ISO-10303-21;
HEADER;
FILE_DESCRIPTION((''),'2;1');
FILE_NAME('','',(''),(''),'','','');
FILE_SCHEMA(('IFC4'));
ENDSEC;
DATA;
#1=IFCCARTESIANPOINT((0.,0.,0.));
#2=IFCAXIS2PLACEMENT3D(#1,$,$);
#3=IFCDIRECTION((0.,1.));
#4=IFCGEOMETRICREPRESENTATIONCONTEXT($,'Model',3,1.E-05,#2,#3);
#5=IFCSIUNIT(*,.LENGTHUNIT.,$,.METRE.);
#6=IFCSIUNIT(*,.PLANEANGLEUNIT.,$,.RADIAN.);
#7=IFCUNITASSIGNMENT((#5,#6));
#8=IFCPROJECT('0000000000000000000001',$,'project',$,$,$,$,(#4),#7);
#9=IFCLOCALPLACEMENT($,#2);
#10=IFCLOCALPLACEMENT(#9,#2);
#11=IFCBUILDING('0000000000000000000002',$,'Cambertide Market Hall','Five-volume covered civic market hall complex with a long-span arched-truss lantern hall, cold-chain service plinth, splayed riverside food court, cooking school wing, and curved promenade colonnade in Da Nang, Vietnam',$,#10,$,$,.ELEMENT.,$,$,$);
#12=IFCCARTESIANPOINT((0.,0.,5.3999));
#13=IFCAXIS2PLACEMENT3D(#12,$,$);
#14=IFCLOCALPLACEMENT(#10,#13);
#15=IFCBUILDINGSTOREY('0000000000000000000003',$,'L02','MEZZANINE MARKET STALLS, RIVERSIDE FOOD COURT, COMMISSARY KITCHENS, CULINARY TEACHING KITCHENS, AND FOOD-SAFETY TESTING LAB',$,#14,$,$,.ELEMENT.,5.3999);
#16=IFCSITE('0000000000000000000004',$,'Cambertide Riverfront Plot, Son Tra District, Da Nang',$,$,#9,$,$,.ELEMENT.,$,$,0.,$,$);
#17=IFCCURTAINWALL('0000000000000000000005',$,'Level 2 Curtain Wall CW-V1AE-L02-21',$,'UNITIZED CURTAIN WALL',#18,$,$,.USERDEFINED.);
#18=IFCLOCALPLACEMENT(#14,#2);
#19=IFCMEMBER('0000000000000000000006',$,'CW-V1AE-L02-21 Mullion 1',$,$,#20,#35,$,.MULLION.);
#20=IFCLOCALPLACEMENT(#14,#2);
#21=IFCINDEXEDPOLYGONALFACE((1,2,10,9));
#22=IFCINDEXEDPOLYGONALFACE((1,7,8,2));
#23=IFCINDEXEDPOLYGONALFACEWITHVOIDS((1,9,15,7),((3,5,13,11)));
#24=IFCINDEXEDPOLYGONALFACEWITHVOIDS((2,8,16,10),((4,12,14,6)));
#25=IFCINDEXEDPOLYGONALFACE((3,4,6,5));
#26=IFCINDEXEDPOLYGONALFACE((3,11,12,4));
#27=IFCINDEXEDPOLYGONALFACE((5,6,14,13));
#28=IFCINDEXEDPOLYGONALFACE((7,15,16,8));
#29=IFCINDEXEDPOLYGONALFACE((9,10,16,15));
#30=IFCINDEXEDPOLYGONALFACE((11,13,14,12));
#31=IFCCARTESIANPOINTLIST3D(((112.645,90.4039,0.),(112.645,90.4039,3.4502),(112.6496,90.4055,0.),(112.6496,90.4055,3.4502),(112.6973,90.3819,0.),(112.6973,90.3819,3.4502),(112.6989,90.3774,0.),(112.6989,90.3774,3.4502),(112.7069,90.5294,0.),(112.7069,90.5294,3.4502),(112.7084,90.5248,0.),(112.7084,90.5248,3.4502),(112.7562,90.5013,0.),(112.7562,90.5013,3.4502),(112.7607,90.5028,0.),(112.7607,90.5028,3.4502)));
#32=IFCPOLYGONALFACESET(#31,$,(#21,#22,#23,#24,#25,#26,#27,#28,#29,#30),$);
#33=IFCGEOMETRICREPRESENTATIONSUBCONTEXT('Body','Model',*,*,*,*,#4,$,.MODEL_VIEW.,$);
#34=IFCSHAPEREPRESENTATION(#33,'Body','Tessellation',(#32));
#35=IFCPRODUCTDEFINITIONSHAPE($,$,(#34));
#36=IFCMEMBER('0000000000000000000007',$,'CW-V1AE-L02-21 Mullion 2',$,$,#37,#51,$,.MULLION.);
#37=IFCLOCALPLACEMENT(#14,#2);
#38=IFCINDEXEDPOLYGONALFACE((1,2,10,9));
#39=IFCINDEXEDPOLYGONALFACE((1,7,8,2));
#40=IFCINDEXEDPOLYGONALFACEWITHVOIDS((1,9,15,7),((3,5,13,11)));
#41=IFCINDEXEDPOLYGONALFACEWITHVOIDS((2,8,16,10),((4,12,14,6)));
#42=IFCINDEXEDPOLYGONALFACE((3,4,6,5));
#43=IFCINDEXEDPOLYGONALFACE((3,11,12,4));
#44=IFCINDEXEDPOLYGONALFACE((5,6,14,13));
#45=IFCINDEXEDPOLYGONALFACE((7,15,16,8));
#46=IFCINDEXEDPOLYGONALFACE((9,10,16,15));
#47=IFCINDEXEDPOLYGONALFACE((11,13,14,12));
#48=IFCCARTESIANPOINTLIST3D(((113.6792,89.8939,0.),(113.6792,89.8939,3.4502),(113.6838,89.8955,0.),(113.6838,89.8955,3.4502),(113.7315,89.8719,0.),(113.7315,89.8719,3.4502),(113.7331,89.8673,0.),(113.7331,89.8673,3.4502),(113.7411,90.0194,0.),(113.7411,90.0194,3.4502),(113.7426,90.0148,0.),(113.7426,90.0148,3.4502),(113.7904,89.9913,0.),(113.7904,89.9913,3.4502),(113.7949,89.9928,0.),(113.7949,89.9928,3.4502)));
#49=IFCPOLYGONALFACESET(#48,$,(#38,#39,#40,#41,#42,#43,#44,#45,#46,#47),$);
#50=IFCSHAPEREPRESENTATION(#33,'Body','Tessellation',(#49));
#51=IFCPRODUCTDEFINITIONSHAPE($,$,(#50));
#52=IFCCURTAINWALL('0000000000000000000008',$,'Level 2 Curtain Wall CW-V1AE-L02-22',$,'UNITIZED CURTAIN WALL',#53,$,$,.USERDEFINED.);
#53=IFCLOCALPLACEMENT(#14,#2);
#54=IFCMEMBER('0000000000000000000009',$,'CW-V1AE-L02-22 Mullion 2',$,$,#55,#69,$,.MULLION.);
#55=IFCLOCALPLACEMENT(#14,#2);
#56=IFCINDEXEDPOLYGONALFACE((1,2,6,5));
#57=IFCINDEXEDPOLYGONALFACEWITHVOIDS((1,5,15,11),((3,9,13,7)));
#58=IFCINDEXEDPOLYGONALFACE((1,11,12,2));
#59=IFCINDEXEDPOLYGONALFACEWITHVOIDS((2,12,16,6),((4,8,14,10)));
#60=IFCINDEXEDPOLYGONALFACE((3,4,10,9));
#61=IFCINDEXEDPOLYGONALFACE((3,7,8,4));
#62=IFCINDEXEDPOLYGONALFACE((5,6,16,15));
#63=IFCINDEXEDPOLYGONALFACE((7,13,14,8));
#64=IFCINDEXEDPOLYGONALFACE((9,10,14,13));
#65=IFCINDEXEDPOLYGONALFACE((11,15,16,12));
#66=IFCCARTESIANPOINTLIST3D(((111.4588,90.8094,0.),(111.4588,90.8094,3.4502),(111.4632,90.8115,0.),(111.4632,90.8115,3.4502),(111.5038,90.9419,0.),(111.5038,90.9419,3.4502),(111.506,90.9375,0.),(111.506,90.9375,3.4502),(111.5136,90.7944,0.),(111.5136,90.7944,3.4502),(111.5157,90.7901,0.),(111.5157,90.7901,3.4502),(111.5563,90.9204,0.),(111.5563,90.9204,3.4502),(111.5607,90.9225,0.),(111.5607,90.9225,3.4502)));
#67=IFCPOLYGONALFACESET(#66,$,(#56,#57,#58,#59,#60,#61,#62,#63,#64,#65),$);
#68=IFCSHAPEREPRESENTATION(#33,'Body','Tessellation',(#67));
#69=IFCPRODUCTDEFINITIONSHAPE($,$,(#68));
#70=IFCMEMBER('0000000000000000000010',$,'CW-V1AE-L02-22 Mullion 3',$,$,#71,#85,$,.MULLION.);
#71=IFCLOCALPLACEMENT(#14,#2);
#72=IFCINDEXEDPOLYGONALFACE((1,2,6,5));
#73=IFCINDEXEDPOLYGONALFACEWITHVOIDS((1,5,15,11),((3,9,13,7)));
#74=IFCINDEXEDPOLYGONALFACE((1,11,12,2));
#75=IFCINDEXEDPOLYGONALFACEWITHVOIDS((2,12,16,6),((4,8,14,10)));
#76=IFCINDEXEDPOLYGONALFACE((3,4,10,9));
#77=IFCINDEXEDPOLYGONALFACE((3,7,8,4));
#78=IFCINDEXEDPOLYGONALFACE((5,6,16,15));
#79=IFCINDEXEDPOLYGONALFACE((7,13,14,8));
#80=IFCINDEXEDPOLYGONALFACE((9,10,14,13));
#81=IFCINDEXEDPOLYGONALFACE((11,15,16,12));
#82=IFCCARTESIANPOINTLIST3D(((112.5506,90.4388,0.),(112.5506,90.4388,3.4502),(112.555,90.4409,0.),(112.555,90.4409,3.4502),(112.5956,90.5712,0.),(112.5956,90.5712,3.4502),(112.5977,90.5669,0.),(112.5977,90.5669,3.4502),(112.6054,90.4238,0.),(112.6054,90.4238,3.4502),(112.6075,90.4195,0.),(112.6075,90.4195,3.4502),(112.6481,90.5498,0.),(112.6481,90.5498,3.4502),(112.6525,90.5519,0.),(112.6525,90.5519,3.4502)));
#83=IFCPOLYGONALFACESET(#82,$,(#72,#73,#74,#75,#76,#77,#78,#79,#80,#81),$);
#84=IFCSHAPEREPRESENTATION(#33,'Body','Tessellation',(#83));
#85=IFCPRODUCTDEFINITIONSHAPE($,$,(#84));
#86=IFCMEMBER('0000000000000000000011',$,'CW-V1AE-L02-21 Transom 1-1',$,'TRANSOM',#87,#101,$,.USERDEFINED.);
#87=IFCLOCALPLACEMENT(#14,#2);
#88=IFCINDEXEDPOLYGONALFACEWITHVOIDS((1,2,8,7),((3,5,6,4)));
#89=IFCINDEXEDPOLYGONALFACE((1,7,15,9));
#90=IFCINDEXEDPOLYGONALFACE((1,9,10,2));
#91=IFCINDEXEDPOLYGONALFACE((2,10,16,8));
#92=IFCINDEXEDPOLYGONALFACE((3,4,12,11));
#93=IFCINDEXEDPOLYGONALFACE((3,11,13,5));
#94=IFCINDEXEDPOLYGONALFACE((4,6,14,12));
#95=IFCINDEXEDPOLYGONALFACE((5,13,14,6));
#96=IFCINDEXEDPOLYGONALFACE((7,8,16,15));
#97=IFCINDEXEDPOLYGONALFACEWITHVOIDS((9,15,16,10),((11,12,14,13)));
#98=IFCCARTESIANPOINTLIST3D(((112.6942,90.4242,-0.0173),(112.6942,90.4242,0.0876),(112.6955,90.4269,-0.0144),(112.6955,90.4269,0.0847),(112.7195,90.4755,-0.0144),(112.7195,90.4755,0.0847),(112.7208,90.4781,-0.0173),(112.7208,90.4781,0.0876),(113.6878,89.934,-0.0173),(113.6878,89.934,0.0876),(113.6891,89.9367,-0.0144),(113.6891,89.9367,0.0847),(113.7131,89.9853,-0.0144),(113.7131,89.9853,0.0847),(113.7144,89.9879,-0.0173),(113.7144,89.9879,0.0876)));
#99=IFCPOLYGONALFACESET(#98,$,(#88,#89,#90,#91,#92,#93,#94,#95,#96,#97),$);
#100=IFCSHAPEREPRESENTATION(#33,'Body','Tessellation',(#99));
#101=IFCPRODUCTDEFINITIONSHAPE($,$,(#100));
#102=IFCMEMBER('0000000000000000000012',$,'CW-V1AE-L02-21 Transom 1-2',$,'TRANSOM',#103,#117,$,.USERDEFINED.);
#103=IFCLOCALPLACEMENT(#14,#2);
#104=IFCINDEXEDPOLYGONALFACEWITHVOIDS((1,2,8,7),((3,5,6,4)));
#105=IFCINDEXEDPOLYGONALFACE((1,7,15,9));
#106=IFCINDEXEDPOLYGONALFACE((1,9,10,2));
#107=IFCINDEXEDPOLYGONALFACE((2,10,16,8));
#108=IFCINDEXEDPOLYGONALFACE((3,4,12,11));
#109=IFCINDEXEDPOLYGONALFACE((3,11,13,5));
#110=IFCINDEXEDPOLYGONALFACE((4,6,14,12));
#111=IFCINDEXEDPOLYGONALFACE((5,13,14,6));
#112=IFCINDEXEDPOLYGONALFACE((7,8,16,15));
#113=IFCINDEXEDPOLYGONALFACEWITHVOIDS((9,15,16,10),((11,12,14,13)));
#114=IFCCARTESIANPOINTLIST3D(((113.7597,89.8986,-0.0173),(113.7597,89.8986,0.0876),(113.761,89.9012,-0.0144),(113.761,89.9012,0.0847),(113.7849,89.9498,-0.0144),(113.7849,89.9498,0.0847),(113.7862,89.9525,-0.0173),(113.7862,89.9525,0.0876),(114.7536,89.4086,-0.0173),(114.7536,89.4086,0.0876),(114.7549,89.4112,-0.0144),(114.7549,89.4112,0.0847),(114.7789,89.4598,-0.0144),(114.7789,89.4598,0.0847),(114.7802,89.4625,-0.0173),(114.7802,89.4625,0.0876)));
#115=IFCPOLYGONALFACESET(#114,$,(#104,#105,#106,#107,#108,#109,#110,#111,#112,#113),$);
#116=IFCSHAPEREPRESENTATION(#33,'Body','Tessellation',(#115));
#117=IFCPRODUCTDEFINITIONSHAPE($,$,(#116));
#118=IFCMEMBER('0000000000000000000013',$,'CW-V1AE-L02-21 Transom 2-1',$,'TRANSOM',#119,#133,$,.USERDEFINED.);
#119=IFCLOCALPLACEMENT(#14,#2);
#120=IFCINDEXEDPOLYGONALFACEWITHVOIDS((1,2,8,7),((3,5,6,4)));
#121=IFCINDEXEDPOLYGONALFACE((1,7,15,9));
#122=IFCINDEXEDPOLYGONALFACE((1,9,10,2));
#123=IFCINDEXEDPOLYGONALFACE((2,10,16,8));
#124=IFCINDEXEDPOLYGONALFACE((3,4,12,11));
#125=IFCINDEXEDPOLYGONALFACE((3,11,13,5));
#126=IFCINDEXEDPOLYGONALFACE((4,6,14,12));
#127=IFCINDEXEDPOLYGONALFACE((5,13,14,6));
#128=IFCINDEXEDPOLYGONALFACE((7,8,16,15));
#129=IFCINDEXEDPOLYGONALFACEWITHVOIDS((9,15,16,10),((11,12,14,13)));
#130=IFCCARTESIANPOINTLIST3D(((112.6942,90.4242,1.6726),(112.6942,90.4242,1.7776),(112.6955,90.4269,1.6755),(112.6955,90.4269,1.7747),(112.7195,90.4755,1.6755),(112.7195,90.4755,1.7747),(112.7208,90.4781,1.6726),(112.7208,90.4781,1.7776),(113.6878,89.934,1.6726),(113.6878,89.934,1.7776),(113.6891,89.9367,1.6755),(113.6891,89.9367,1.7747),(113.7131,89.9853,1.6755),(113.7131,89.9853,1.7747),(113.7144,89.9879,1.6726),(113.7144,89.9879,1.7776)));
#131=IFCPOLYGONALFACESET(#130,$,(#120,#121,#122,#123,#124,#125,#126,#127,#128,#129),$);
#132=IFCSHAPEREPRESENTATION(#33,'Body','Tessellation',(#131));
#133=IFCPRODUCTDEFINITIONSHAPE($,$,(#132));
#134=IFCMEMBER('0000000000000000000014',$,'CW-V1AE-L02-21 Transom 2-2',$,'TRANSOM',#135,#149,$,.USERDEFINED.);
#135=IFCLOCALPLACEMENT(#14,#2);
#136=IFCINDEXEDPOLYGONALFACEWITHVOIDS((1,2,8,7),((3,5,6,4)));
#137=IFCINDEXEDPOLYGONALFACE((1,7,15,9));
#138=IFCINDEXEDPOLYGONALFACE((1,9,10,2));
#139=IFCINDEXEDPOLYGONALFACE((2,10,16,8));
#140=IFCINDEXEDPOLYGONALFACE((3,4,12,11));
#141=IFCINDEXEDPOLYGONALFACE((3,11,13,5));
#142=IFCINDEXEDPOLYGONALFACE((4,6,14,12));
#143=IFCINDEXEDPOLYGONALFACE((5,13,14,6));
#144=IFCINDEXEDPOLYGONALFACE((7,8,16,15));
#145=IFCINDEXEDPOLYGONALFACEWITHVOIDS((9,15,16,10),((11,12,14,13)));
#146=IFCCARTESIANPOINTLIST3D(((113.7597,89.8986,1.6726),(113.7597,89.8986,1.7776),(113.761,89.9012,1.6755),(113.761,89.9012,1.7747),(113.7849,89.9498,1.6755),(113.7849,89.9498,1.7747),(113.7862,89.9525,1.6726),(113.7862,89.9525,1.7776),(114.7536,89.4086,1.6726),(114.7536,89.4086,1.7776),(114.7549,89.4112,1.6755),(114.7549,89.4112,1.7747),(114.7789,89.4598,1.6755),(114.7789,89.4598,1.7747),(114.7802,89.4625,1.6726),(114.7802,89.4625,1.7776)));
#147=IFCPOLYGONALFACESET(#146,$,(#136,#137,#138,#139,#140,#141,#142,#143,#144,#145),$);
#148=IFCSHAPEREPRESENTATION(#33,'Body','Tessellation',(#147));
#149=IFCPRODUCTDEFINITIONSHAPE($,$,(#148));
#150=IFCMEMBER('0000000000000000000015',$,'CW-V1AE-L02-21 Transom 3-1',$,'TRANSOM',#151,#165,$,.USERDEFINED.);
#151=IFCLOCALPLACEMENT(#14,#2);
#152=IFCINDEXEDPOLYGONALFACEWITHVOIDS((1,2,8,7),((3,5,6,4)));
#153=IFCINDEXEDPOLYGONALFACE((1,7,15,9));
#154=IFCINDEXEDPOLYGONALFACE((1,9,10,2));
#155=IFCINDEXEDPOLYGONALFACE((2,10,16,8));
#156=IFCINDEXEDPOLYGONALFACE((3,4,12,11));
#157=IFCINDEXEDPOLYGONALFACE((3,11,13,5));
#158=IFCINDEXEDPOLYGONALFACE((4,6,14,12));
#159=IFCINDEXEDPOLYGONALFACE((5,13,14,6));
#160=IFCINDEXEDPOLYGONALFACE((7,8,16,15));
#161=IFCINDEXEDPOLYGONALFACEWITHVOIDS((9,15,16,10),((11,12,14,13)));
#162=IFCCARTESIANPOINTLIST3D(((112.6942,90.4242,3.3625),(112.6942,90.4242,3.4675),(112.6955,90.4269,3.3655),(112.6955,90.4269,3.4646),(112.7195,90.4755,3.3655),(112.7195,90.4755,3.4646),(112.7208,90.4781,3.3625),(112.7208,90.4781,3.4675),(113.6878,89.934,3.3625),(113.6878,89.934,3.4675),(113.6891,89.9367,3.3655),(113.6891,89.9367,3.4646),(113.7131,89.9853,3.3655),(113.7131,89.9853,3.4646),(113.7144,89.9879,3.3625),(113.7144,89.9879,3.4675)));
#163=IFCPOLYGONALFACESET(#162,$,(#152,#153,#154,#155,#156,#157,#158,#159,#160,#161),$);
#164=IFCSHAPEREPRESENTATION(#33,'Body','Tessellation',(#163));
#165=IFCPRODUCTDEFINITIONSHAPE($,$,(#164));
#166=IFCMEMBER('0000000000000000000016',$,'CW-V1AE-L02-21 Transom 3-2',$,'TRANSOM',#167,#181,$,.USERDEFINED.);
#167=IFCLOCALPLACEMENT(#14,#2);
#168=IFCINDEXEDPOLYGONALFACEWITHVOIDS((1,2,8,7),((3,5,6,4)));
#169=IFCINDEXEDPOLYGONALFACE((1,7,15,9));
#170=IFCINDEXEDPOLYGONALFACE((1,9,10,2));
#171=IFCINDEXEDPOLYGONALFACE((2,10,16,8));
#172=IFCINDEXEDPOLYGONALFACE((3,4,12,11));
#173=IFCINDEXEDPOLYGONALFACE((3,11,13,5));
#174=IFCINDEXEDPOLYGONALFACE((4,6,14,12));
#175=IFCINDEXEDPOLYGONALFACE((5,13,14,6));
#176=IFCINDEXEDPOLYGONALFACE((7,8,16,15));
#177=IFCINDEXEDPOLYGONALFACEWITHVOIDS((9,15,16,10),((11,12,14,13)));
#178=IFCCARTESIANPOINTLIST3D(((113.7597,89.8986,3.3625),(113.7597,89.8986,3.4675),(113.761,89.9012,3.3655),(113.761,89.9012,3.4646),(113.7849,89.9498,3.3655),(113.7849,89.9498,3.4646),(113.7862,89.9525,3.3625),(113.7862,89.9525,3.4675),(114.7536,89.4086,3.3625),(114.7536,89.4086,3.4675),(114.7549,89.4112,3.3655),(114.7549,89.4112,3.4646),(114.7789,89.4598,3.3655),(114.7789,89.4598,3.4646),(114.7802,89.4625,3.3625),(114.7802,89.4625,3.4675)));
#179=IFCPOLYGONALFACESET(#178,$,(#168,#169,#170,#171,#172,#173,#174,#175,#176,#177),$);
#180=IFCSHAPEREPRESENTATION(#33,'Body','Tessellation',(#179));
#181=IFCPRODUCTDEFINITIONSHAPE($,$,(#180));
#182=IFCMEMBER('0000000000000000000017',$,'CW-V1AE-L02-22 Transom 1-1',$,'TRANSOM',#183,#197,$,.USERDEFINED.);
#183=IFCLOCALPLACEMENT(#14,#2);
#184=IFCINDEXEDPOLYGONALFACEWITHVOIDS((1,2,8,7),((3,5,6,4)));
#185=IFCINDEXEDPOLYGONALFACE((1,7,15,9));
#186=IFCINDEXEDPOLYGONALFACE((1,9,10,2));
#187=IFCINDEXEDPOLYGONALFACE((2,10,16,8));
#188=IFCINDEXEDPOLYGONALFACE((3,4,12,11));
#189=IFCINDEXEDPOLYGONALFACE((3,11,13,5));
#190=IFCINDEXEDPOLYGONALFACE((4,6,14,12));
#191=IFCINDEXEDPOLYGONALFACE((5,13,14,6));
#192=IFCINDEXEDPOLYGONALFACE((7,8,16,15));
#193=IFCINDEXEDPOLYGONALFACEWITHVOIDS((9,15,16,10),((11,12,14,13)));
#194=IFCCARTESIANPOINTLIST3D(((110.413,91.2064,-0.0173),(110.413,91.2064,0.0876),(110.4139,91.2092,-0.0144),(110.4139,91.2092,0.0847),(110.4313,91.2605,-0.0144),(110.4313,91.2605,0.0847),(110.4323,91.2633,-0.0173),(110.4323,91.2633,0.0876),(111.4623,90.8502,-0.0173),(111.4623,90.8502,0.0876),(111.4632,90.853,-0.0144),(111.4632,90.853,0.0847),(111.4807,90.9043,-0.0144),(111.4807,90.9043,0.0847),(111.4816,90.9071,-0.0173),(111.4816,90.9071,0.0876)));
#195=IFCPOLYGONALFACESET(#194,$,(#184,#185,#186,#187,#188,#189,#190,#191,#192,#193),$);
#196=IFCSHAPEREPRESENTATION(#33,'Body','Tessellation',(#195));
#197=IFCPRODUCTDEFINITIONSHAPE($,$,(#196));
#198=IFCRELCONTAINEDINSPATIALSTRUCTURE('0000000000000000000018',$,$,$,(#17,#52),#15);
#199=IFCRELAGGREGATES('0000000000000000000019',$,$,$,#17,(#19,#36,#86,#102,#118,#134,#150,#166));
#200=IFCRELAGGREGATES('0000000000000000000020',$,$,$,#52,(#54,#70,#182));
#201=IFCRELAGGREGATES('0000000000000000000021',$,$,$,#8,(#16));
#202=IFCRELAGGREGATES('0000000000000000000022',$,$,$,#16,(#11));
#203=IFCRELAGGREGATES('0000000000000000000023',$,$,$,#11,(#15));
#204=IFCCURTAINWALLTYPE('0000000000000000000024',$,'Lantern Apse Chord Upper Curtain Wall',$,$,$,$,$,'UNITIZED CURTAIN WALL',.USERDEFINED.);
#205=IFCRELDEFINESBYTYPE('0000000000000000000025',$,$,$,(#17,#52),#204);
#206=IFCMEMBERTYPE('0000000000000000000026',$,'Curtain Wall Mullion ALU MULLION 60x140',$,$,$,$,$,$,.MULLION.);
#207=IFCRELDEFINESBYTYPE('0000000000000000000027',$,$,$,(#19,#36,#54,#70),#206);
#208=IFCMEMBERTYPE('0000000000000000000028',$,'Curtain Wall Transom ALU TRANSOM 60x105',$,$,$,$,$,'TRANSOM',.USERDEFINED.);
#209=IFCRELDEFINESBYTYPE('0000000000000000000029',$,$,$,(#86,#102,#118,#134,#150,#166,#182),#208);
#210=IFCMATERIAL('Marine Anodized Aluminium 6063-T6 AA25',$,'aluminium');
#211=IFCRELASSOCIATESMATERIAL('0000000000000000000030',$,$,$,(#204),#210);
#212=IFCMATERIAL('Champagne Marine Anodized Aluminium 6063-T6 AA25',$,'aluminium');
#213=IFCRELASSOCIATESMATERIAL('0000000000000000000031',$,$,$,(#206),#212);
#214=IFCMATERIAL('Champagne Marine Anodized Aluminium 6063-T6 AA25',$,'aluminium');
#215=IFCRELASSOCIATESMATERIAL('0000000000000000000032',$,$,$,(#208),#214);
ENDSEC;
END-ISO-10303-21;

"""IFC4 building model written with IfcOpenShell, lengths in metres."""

from ifc_helpers import new_model, si_unit, direction, frame, origin, origin_2d, place, context, subcontext, project, spatial, hollow_rectangle, extrude, material, material_profile, profile_set, type_object, element, aggregate, save


model = new_model("IFC4")

# Units and contexts
model_context = context("Model", 3, precision=1e-05, world=origin(), true_north=direction((0.0, 1.0)))
body_context = subcontext(model_context, "Body", "Model", "MODEL_VIEW")
ifc_project = project(units=[si_unit("LENGTHUNIT", "METRE"), si_unit("PLANEANGLEUNIT", "RADIAN")], contexts=[model_context])

# Site, building, storey
site_placement = place(None, origin())
site = spatial("IfcSite", under=ifc_project, at=site_placement, Name="Cambertide Riverfront Plot, Son Tra District, Da Nang", CompositionType="ELEMENT", RefElevation=0.0)
building_placement = place(site_placement, origin())
building = spatial("IfcBuilding", under=site, at=building_placement, Name="Cambertide Market Hall", Description="Five-volume covered civic market hall complex with a long-span arched-truss lantern hall, cold-chain service plinth, splayed riverside food court, cooking school wing, and curved promenade colonnade in Da Nang, Vietnam", CompositionType="ELEMENT")
storey_placement = place(building_placement, frame((0.0, 0.0, 5.3999)))
storey = spatial("IfcBuildingStorey", under=building, at=storey_placement, Name="L02", Description="MEZZANINE MARKET STALLS, RIVERSIDE FOOD COURT, COMMISSARY KITCHENS, CULINARY TEACHING KITCHENS, AND FOOD-SAFETY TESTING LAB", CompositionType="ELEMENT", Elevation=5.3999)

# Curtain walls, members
ifc_material_1 = material(Name="Marine Anodized Aluminium 6063-T6 AA25", Category="aluminium")
curtain_wall_type = type_object("IfcCurtainWallType", Name="Lantern Apse Chord Upper Curtain Wall", ElementType="UNITIZED CURTAIN WALL", PredefinedType="USERDEFINED", material=ifc_material_1)
curtain_wall_1_placement = place(storey_placement, origin())
curtain_wall_1 = element("IfcCurtainWall", 1, at=curtain_wall_1_placement, inside=storey, type_object=curtain_wall_type, Name="Level 2 Curtain Wall CW-V1AE-L02-21", ObjectType="UNITIZED CURTAIN WALL", PredefinedType="USERDEFINED")
ifc_material_2 = material(Name="Champagne Marine Anodized Aluminium 6063-T6 AA25", Category="aluminium")
ifc_material_profile_1 = material_profile(ifc_material_2, hollow_rectangle(XDim=0.0601, YDim=0.1399, WallThickness=0.0034, at=origin_2d()), Name="ALU MULLION 60x140")
ifc_profile_set_1 = profile_set([ifc_material_profile_1], Name="Champagne Marine Anodized Aluminium 6063-T6 AA25")
member_type_1 = type_object("IfcMemberType", Name="Curtain Wall Mullion ALU MULLION 60x140", PredefinedType="MULLION", material=ifc_profile_set_1)
member_1_placement = place(storey_placement, frame((112.7029, 90.4534, 0.0), z_axis=(0.0, 0.0, 1.0), x_axis=(0.896873, -0.442289, 0.0)))
member_1 = element("IfcMember", 2, at=member_1_placement, type_object=member_type_1, Name="CW-V1AE-L02-21 Mullion 1", PredefinedType="MULLION", context=body_context, shape_type="SweptSolid", body=[
    extrude(hollow_rectangle(XDim=0.0601, YDim=0.1399, WallThickness=0.0034, at=origin_2d()), origin(), (0.0, 0.0, 1.0), 3.4502),
])
member_2_placement = place(storey_placement, frame((113.7371, 89.9434, 0.0), z_axis=(0.0, 0.0, 1.0), x_axis=(0.896873, -0.442289, 0.0)))
member_2 = element("IfcMember", 3, at=member_2_placement, type_object=member_type_1, Name="CW-V1AE-L02-21 Mullion 2", PredefinedType="MULLION", context=body_context, shape_type="SweptSolid", body=[
    extrude(hollow_rectangle(XDim=0.0601, YDim=0.1399, WallThickness=0.0034, at=origin_2d()), origin(), (0.0, 0.0, 1.0), 3.4502),
])
curtain_wall_2_placement = place(storey_placement, origin())
curtain_wall_2 = element("IfcCurtainWall", 4, at=curtain_wall_2_placement, inside=storey, type_object=curtain_wall_type, Name="Level 2 Curtain Wall CW-V1AE-L02-22", ObjectType="UNITIZED CURTAIN WALL", PredefinedType="USERDEFINED")
member_3_placement = place(storey_placement, frame((111.5098, 90.866, 0.0), z_axis=(0.0, 0.0, 1.0), x_axis=(0.94693, -0.321439, 0.0)))
member_3 = element("IfcMember", 5, at=member_3_placement, type_object=member_type_1, Name="CW-V1AE-L02-22 Mullion 2", PredefinedType="MULLION", context=body_context, shape_type="SweptSolid", body=[
    extrude(hollow_rectangle(XDim=0.0601, YDim=0.1399, WallThickness=0.0034, at=origin_2d()), origin(), (0.0, 0.0, 1.0), 3.4502),
])
member_4_placement = place(storey_placement, frame((112.6016, 90.4954, 0.0), z_axis=(0.0, 0.0, 1.0), x_axis=(0.94693, -0.321439, 0.0)))
member_4 = element("IfcMember", 6, at=member_4_placement, type_object=member_type_1, Name="CW-V1AE-L02-22 Mullion 3", PredefinedType="MULLION", context=body_context, shape_type="SweptSolid", body=[
    extrude(hollow_rectangle(XDim=0.0601, YDim=0.1399, WallThickness=0.0034, at=origin_2d()), origin(), (0.0, 0.0, 1.0), 3.4502),
])

# Members
ifc_material_3 = material(Name="Champagne Marine Anodized Aluminium 6063-T6 AA25", Category="aluminium")
ifc_material_profile_2 = material_profile(ifc_material_3, hollow_rectangle(XDim=0.0601, YDim=0.105, WallThickness=0.0029, at=origin_2d()), Name="ALU TRANSOM 60x105")
ifc_profile_set_2 = profile_set([ifc_material_profile_2], Name="Champagne Marine Anodized Aluminium 6063-T6 AA25")
member_type_2 = type_object("IfcMemberType", Name="Curtain Wall Transom ALU TRANSOM 60x105", ElementType="TRANSOM", PredefinedType="USERDEFINED", material=ifc_profile_set_2)
member_5_placement = place(storey_placement, frame((112.7075, 90.4512, 0.0352), z_axis=(0.896794, -0.442448, 0.0), x_axis=(0.442448, 0.896794, 0.0)))
member_5 = element("IfcMember", 7, at=member_5_placement, type_object=member_type_2, Name="CW-V1AE-L02-21 Transom 1-1", ObjectType="TRANSOM", PredefinedType="USERDEFINED", context=body_context, shape_type="SweptSolid", body=[
    extrude(hollow_rectangle(XDim=0.0601, YDim=0.105, WallThickness=0.0029, at=origin_2d()), origin(), (0.0, 0.0, 1.0), 1.1079),
])
member_6_placement = place(storey_placement, frame((113.7729, 89.9255, 0.0352), z_axis=(0.896925, -0.442183, 0.0), x_axis=(0.442183, 0.896925, 0.0)))
member_6 = element("IfcMember", 8, at=member_6_placement, type_object=member_type_2, Name="CW-V1AE-L02-21 Transom 1-2", ObjectType="TRANSOM", PredefinedType="USERDEFINED", context=body_context, shape_type="SweptSolid", body=[
    extrude(hollow_rectangle(XDim=0.0601, YDim=0.105, WallThickness=0.0029, at=origin_2d()), origin(), (0.0, 0.0, 1.0), 1.1082),
])
member_7_placement = place(storey_placement, frame((112.7075, 90.4512, 1.7251), z_axis=(0.896794, -0.442448, 0.0), x_axis=(0.442448, 0.896794, 0.0)))
member_7 = element("IfcMember", 9, at=member_7_placement, type_object=member_type_2, Name="CW-V1AE-L02-21 Transom 2-1", ObjectType="TRANSOM", PredefinedType="USERDEFINED", context=body_context, shape_type="SweptSolid", body=[
    extrude(hollow_rectangle(XDim=0.0601, YDim=0.105, WallThickness=0.0029, at=origin_2d()), origin(), (0.0, 0.0, 1.0), 1.1079),
])
member_8_placement = place(storey_placement, frame((113.7729, 89.9255, 1.7251), z_axis=(0.896925, -0.442183, 0.0), x_axis=(0.442183, 0.896925, 0.0)))
member_8 = element("IfcMember", 10, at=member_8_placement, type_object=member_type_2, Name="CW-V1AE-L02-21 Transom 2-2", ObjectType="TRANSOM", PredefinedType="USERDEFINED", context=body_context, shape_type="SweptSolid", body=[
    extrude(hollow_rectangle(XDim=0.0601, YDim=0.105, WallThickness=0.0029, at=origin_2d()), origin(), (0.0, 0.0, 1.0), 1.1082),
])
member_9_placement = place(storey_placement, frame((112.7075, 90.4512, 3.415), z_axis=(0.896794, -0.442448, 0.0), x_axis=(0.442448, 0.896794, 0.0)))
member_9 = element("IfcMember", 11, at=member_9_placement, type_object=member_type_2, Name="CW-V1AE-L02-21 Transom 3-1", ObjectType="TRANSOM", PredefinedType="USERDEFINED", context=body_context, shape_type="SweptSolid", body=[
    extrude(hollow_rectangle(XDim=0.0601, YDim=0.105, WallThickness=0.0029, at=origin_2d()), origin(), (0.0, 0.0, 1.0), 1.1079),
])
member_10_placement = place(storey_placement, frame((113.7729, 89.9255, 3.415), z_axis=(0.896925, -0.442183, 0.0), x_axis=(0.442183, 0.896925, 0.0)))
member_10 = element("IfcMember", 12, at=member_10_placement, type_object=member_type_2, Name="CW-V1AE-L02-21 Transom 3-2", ObjectType="TRANSOM", PredefinedType="USERDEFINED", context=body_context, shape_type="SweptSolid", body=[
    extrude(hollow_rectangle(XDim=0.0601, YDim=0.105, WallThickness=0.0029, at=origin_2d()), origin(), (0.0, 0.0, 1.0), 1.1082),
])
member_11_placement = place(storey_placement, frame((110.4226, 91.2349, 0.0352), z_axis=(0.946928, -0.321445, 0.0), x_axis=(0.321445, 0.946928, 0.0)))
member_11 = element("IfcMember", 13, at=member_11_placement, type_object=member_type_2, Name="CW-V1AE-L02-22 Transom 1-1", ObjectType="TRANSOM", PredefinedType="USERDEFINED", context=body_context, shape_type="SweptSolid", body=[
    extrude(hollow_rectangle(XDim=0.0601, YDim=0.105, WallThickness=0.0029, at=origin_2d()), origin(), (0.0, 0.0, 1.0), 1.1082),
])

aggregate(curtain_wall_1, [member_1, member_2, member_5, member_6, member_7, member_8, member_9, member_10])
aggregate(curtain_wall_2, [member_3, member_4, member_11])

save(model, "model.ifc")
